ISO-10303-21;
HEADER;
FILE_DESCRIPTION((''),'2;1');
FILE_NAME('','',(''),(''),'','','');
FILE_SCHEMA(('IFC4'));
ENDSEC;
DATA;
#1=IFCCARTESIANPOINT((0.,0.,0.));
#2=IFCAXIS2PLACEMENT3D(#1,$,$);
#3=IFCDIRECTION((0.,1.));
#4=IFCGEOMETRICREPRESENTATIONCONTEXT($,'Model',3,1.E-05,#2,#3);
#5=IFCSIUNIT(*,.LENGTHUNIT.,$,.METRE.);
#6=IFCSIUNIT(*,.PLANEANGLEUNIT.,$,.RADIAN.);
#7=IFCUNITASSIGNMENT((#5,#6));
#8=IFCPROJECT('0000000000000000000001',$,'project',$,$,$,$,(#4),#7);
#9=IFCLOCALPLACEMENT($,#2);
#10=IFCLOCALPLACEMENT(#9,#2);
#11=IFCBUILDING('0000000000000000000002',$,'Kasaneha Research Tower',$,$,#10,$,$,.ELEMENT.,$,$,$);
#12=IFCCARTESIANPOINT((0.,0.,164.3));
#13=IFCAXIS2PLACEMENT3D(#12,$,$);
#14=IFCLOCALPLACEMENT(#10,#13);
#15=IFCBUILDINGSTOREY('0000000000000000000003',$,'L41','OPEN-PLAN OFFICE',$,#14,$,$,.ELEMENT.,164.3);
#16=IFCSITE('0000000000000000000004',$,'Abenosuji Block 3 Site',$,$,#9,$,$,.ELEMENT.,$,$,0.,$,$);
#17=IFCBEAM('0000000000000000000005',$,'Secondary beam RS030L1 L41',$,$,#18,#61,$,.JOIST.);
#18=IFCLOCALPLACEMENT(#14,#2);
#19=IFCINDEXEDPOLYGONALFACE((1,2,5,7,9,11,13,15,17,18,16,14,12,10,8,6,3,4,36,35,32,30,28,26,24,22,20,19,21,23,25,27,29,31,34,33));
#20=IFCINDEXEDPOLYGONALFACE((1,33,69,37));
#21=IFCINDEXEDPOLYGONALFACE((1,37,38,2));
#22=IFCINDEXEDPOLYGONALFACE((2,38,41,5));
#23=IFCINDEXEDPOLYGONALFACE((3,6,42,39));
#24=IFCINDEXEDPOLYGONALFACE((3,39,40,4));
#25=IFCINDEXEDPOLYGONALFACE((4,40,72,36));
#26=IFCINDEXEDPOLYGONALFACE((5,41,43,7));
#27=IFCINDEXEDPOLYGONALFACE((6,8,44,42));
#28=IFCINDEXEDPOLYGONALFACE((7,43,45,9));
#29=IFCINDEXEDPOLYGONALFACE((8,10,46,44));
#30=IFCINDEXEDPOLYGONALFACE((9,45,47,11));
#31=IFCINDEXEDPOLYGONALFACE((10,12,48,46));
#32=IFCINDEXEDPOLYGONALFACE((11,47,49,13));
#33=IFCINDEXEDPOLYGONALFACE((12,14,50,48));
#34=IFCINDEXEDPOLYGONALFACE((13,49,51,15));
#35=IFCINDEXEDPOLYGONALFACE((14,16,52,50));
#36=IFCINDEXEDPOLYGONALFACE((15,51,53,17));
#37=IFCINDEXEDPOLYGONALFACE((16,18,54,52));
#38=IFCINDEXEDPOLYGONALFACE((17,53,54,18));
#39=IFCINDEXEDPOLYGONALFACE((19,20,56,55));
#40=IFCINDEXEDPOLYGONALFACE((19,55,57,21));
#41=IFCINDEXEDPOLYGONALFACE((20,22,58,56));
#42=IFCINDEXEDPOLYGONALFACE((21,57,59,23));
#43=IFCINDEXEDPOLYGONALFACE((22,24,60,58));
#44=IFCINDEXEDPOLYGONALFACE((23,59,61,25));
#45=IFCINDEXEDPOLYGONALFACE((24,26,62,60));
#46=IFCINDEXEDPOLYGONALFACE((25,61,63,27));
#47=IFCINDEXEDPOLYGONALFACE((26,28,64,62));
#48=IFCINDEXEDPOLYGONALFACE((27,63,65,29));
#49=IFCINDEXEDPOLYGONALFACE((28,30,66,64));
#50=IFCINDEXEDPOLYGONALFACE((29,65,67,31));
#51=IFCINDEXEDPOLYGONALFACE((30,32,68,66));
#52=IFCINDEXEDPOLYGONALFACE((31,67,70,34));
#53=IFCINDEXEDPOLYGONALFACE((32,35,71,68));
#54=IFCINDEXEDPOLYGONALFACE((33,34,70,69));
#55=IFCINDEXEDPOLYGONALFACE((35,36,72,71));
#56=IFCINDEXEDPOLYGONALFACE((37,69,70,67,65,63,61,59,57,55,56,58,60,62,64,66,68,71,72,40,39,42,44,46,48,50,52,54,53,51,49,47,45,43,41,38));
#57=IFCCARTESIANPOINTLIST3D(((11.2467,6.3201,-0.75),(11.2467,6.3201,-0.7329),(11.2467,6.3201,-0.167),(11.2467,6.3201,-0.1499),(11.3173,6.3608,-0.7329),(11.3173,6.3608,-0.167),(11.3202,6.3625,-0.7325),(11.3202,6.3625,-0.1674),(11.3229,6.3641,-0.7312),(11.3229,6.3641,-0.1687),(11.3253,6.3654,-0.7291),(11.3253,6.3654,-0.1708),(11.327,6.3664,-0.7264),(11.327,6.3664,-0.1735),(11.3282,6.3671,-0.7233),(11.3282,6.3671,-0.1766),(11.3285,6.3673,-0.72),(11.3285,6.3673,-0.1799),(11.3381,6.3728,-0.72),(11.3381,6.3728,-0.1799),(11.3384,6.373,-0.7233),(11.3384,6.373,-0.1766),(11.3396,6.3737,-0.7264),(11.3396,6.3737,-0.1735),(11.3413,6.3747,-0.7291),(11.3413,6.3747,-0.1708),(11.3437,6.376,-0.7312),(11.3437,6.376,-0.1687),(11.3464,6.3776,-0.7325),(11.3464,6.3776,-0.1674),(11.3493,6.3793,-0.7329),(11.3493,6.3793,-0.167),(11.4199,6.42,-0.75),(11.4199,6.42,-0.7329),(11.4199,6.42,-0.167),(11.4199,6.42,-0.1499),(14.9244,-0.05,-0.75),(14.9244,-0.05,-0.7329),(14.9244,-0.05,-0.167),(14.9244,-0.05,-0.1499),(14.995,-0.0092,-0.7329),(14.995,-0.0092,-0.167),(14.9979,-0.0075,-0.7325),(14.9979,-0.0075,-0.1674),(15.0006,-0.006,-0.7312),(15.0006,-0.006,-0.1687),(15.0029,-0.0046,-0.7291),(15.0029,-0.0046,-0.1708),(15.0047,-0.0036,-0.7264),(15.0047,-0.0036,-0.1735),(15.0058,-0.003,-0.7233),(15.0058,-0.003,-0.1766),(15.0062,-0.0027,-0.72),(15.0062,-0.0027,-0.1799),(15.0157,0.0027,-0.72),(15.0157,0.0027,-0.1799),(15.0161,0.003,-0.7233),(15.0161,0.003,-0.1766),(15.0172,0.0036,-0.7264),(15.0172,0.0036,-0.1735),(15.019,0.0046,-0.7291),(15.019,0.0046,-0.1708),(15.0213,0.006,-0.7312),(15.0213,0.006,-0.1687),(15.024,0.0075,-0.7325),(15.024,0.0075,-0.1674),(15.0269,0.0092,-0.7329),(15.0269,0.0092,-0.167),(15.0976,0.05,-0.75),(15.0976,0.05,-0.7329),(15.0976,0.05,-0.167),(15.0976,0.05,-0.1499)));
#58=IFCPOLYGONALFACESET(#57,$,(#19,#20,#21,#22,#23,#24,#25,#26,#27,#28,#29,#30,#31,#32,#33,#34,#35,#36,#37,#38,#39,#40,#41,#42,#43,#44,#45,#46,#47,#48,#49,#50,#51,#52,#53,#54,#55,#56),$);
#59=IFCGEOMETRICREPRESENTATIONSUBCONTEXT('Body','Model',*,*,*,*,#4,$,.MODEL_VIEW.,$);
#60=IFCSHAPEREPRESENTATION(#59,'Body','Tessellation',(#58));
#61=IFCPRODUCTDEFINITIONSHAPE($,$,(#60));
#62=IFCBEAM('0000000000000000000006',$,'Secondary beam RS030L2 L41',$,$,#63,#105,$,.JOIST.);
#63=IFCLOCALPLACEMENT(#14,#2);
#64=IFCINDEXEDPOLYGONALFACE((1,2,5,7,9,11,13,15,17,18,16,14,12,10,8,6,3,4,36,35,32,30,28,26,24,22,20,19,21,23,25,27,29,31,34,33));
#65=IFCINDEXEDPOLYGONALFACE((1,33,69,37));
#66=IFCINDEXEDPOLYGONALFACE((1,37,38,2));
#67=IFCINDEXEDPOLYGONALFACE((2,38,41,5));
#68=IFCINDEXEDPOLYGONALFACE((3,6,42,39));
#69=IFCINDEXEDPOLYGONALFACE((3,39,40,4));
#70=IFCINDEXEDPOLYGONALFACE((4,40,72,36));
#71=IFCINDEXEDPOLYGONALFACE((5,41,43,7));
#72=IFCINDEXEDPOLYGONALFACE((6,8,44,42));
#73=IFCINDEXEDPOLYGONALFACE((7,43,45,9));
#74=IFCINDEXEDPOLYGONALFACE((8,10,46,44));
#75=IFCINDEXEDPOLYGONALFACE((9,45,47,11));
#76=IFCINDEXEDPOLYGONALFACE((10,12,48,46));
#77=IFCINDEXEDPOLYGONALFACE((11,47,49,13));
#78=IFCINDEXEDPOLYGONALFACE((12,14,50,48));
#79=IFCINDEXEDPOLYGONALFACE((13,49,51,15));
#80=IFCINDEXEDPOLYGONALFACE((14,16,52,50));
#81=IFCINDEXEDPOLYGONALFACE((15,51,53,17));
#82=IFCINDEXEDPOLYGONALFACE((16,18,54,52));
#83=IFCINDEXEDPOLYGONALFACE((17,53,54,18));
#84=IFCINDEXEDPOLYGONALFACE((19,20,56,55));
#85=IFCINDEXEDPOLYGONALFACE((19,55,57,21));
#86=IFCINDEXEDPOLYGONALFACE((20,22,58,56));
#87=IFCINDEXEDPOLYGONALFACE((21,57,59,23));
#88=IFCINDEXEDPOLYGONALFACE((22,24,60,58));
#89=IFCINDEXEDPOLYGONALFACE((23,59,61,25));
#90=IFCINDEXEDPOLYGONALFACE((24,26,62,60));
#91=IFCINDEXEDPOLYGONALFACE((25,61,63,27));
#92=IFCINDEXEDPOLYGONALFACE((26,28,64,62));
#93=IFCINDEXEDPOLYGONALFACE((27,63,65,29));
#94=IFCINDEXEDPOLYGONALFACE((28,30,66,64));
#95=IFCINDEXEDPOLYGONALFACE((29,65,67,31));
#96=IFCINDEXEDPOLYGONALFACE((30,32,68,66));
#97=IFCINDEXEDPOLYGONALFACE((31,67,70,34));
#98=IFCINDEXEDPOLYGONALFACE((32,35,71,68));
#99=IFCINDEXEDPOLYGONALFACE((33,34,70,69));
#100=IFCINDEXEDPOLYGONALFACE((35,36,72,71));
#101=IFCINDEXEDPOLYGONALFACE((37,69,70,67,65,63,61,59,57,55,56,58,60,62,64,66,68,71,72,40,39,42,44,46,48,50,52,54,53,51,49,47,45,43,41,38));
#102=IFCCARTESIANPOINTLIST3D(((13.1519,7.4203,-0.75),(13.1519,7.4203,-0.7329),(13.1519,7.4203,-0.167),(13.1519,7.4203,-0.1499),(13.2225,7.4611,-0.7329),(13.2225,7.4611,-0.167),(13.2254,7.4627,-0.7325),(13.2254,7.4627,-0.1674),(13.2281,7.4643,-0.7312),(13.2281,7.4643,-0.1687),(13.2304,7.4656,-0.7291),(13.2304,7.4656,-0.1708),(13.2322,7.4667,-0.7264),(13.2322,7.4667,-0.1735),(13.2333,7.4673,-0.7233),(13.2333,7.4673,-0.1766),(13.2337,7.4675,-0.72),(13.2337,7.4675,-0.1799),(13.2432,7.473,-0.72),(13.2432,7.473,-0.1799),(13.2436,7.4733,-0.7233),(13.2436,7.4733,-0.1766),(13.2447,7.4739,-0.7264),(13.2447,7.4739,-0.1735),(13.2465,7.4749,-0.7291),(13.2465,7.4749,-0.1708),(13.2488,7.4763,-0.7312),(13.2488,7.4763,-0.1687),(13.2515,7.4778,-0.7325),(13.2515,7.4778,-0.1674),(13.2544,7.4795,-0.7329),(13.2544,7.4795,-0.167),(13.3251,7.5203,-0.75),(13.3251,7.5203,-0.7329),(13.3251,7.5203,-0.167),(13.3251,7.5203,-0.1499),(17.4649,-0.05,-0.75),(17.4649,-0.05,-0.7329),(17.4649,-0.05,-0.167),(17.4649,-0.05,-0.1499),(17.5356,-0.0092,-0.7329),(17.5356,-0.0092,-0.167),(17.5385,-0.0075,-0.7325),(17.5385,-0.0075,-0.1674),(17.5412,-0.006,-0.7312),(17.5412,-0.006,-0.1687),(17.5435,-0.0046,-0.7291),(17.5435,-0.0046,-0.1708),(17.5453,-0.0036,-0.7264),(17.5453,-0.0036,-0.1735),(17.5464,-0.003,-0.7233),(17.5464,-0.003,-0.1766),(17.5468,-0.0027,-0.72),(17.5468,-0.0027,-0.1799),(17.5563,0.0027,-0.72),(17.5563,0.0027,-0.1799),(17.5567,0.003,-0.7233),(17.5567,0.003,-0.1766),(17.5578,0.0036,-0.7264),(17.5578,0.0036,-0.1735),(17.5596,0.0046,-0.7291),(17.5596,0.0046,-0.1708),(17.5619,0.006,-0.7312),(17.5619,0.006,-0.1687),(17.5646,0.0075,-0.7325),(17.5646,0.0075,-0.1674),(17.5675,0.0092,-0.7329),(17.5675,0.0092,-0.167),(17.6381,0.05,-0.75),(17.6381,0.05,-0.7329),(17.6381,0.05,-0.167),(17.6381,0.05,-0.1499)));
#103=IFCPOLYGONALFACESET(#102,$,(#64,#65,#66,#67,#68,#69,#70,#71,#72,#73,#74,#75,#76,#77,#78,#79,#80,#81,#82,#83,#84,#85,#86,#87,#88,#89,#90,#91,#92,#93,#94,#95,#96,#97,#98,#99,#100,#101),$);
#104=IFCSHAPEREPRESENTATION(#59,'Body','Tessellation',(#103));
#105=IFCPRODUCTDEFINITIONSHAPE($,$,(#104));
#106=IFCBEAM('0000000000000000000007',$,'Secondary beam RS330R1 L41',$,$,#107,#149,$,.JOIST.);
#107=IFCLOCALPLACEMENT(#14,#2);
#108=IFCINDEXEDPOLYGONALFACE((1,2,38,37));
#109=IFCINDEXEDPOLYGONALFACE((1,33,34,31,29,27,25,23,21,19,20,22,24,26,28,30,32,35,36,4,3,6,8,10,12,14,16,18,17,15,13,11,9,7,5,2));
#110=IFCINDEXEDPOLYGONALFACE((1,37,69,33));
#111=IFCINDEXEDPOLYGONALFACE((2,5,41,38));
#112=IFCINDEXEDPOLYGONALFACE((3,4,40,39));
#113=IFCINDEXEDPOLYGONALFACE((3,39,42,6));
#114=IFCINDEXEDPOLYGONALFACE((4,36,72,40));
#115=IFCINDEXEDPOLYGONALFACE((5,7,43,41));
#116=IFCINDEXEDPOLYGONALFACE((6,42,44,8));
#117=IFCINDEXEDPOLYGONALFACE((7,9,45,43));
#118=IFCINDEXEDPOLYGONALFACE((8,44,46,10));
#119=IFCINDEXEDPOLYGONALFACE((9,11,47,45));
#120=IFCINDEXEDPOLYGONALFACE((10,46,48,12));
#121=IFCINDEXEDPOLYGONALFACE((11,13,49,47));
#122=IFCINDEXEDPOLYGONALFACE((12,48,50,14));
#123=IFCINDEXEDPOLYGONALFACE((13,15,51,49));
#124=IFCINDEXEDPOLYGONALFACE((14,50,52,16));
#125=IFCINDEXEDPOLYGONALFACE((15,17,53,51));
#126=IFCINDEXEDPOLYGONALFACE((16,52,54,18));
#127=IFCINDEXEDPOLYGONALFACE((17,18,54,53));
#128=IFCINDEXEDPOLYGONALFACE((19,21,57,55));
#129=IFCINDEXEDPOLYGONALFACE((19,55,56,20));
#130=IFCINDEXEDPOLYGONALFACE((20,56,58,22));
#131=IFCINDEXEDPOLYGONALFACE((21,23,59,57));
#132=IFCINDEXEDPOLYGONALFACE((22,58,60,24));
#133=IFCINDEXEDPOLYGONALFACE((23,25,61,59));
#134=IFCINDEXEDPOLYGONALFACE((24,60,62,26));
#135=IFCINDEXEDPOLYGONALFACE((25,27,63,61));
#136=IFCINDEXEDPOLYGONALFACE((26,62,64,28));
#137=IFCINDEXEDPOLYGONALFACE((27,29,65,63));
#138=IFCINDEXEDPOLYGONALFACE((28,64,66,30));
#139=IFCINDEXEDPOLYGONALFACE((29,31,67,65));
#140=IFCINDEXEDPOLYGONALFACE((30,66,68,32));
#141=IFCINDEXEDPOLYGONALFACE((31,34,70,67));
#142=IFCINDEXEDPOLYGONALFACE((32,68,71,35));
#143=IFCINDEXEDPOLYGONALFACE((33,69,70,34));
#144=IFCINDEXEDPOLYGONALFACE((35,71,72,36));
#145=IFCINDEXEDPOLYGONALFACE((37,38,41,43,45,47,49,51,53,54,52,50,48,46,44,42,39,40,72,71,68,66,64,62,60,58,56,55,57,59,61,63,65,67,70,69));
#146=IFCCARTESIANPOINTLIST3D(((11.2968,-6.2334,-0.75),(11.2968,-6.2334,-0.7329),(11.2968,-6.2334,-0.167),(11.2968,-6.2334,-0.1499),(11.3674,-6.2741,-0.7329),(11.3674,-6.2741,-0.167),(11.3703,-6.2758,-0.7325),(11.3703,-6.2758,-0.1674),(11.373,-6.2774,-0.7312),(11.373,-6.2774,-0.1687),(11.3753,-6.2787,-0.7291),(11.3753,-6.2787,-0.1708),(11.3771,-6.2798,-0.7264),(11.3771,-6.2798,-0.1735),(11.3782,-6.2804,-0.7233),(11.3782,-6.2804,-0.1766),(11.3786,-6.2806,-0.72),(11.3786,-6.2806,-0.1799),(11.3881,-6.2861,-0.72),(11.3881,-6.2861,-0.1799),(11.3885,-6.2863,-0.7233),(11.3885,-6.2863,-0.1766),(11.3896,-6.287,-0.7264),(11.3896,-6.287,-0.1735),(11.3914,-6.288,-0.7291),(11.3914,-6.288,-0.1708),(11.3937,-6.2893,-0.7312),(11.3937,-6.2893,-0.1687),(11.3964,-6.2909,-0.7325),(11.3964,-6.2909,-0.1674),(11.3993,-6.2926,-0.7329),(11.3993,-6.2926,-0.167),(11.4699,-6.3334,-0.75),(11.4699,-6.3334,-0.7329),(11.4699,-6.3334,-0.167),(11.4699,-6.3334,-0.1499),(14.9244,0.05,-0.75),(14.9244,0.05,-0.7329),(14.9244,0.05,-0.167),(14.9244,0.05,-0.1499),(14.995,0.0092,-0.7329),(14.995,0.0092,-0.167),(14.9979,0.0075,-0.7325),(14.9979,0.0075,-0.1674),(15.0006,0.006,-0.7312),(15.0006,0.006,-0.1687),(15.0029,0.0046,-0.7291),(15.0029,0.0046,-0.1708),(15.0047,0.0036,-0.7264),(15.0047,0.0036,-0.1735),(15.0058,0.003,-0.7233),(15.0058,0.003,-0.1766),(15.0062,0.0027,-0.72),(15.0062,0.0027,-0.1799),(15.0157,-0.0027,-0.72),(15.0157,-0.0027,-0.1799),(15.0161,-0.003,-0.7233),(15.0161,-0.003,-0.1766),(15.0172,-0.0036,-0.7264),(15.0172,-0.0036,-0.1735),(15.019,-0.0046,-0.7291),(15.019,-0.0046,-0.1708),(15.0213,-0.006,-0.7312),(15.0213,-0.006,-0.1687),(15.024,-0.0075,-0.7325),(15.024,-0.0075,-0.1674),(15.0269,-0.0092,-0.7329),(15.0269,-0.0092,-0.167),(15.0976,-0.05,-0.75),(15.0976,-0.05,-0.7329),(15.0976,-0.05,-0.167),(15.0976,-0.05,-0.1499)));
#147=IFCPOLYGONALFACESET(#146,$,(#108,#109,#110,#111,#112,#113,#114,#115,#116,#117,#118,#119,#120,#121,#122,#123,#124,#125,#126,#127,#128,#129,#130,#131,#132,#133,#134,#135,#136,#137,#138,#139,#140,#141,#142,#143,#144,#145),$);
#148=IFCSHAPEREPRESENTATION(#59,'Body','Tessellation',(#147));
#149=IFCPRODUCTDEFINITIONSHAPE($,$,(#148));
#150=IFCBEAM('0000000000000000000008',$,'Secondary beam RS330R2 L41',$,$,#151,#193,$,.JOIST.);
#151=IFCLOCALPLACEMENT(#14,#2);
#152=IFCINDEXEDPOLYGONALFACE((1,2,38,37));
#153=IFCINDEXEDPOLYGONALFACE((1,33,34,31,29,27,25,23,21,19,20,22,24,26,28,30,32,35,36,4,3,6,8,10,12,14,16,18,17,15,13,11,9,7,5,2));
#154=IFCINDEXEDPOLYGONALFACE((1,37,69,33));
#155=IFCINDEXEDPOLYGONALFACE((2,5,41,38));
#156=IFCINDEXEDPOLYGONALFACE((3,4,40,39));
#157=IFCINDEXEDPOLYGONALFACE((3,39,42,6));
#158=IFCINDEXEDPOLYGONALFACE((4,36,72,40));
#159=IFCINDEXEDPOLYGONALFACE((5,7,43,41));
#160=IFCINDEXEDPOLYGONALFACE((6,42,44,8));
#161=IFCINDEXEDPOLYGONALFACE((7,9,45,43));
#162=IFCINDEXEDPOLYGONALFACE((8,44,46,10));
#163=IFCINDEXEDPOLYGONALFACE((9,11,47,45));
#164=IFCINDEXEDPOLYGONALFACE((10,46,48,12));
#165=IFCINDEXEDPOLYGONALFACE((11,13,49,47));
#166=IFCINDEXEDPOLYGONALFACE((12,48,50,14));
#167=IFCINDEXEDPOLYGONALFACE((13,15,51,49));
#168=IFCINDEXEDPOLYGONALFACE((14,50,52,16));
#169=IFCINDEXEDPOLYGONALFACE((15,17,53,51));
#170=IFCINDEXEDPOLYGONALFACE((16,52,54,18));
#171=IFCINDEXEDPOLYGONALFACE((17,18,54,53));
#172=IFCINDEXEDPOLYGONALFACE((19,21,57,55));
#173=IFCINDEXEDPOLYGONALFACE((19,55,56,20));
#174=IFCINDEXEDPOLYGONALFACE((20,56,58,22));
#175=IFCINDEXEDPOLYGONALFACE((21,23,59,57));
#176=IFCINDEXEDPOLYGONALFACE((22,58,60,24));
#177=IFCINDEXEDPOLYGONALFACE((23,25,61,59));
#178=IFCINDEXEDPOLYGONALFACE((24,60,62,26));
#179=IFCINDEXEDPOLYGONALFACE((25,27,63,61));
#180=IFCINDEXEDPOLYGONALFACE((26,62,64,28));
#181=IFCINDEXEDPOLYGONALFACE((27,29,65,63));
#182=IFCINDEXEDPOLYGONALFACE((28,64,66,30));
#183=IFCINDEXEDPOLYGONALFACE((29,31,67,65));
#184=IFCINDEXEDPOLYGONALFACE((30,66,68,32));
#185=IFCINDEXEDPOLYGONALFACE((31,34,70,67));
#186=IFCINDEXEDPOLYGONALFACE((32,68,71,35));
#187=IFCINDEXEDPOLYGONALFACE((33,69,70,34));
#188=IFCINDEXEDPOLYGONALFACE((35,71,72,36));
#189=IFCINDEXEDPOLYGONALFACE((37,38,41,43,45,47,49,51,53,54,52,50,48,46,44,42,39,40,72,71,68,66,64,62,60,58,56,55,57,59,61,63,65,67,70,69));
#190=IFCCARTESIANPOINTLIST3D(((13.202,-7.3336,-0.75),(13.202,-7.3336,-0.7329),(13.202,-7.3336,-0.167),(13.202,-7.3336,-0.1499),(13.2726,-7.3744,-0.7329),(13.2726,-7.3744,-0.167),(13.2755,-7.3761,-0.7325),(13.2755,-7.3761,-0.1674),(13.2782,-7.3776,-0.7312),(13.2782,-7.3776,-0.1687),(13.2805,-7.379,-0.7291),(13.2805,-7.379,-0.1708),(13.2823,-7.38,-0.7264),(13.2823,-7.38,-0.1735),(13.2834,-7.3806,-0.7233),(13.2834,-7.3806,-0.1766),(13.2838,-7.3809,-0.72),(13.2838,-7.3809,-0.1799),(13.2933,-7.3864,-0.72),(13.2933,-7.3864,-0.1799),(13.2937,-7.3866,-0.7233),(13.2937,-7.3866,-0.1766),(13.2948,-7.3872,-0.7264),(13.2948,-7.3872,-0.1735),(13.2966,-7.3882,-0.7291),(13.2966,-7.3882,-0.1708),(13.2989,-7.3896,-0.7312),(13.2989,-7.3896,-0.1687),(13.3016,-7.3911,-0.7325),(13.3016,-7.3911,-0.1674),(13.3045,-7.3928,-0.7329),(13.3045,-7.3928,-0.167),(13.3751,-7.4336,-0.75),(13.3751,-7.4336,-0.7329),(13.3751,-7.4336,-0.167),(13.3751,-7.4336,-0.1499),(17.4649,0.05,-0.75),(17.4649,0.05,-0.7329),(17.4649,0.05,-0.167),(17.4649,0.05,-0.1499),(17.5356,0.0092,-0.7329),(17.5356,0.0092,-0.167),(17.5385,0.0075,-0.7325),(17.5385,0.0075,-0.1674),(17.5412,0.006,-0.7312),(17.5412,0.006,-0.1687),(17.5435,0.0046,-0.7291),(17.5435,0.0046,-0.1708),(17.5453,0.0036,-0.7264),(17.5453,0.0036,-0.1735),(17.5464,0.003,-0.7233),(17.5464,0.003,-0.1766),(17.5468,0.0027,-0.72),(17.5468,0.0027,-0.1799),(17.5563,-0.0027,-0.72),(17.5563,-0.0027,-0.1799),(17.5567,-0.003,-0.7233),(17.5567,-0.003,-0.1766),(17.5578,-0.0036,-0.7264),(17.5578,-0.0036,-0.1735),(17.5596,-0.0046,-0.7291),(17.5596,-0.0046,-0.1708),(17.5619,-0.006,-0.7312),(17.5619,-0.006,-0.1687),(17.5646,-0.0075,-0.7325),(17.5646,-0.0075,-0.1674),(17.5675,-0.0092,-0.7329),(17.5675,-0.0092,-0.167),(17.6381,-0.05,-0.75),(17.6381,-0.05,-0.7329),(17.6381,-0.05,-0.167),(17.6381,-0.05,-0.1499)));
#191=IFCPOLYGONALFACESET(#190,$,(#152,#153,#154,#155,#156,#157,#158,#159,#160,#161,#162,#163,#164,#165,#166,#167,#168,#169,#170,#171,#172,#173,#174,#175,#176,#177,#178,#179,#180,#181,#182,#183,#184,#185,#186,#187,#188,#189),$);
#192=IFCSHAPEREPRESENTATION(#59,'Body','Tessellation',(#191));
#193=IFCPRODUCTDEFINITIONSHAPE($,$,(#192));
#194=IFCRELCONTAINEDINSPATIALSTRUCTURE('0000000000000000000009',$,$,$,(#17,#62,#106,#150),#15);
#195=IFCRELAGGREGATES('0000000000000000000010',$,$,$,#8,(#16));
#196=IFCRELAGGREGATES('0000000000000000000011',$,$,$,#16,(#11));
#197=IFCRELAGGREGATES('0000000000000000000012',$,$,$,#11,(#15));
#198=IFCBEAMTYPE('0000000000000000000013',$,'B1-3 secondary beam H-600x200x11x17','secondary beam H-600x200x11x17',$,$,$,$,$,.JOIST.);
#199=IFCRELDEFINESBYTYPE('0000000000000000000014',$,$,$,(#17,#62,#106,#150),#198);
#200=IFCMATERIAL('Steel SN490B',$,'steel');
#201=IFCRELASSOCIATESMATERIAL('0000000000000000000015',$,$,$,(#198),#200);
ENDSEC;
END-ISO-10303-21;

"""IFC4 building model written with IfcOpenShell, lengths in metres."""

from ifc_helpers import new_model, si_unit, direction, frame, origin, origin_2d, place, context, subcontext, project, spatial, i_section, extrude, material, material_profile, profile_set, type_object, element, save


model = new_model("IFC4")

# Units and contexts
model_context = context("Model", 3, precision=1e-05, world=origin(), true_north=direction((0.0, 1.0)))
body_context = subcontext(model_context, "Body", "Model", "MODEL_VIEW")
ifc_project = project(units=[si_unit("LENGTHUNIT", "METRE"), si_unit("PLANEANGLEUNIT", "RADIAN")], contexts=[model_context])

# Site, building, storey
site_placement = place(None, origin())
site = spatial("IfcSite", under=ifc_project, at=site_placement, Name="Abenosuji Block 3 Site", CompositionType="ELEMENT", RefElevation=0.0)
building_placement = place(site_placement, origin())
building = spatial("IfcBuilding", under=site, at=building_placement, Name="Kasaneha Research Tower", CompositionType="ELEMENT")
storey_placement = place(building_placement, frame((0.0, 0.0, 164.3)))
storey = spatial("IfcBuildingStorey", under=building, at=storey_placement, Name="L41", Description="OPEN-PLAN OFFICE", CompositionType="ELEMENT", Elevation=164.3)

# Beams
ifc_material_1 = material(Name="Steel SN490B", Category="steel")
ifc_material_profile_1 = material_profile(ifc_material_1, i_section(OverallWidth=0.2, OverallDepth=0.6001, WebThickness=0.011, FlangeThickness=0.0171, FilletRadius=0.0129, at=origin_2d()), Name="H-600x200x11x17")
ifc_profile_set_1 = profile_set([ifc_material_profile_1], Name="Steel SN490B")
beam_type_1 = type_object("IfcBeamType", Name="B1-3 secondary beam H-600x200x11x17", Description="secondary beam H-600x200x11x17", PredefinedType="JOIST", material=ifc_profile_set_1)
beam_1_placement = place(storey_placement, frame((15.011, 0.0, -0.45), z_axis=(-0.499994, 0.866029, 0.0), x_axis=(-0.866029, -0.499994, 0.0)))
element("IfcBeam", 1, at=beam_1_placement, inside=storey, type_object=beam_type_1, Name="Secondary beam RS030L1 L41", PredefinedType="JOIST", context=body_context, shape_type="SweptSolid", body=[
    extrude(i_section(OverallWidth=0.2, OverallDepth=0.6001, WebThickness=0.011, FlangeThickness=0.0171, FilletRadius=0.0129, at=origin_2d()), origin(), (0.0, 0.0, 1.0), 7.3555),
])
beam_2_placement = place(storey_placement, frame((17.5515, 0.0, -0.45), z_axis=(-0.500005, 0.866023, 0.0), x_axis=(-0.866023, -0.500005, 0.0)))
element("IfcBeam", 2, at=beam_2_placement, inside=storey, type_object=beam_type_1, Name="Secondary beam RS030L2 L41", PredefinedType="JOIST", context=body_context, shape_type="SweptSolid", body=[
    extrude(i_section(OverallWidth=0.2, OverallDepth=0.6001, WebThickness=0.011, FlangeThickness=0.0171, FilletRadius=0.0129, at=origin_2d()), origin(), (0.0, 0.0, 1.0), 8.626),
])
beam_3_placement = place(storey_placement, frame((15.011, 0.0, -0.45), z_axis=(-0.499993, -0.866029, 0.0), x_axis=(0.866029, -0.499993, 0.0)))
element("IfcBeam", 3, at=beam_3_placement, inside=storey, type_object=beam_type_1, Name="Secondary beam RS330R1 L41", PredefinedType="JOIST", context=body_context, shape_type="SweptSolid", body=[
    extrude(i_section(OverallWidth=0.2, OverallDepth=0.6001, WebThickness=0.011, FlangeThickness=0.0171, FilletRadius=0.0129, at=origin_2d()), origin(), (0.0, 0.0, 1.0), 7.2554),
])
beam_4_placement = place(storey_placement, frame((17.5515, 0.0, -0.45), z_axis=(-0.500004, -0.866023, 0.0), x_axis=(0.866023, -0.500004, 0.0)))
element("IfcBeam", 4, at=beam_4_placement, inside=storey, type_object=beam_type_1, Name="Secondary beam RS330R2 L41", PredefinedType="JOIST", context=body_context, shape_type="SweptSolid", body=[
    extrude(i_section(OverallWidth=0.2, OverallDepth=0.6001, WebThickness=0.011, FlangeThickness=0.0171, FilletRadius=0.0129, at=origin_2d()), origin(), (0.0, 0.0, 1.0), 8.5259),
])

save(model, "model.ifc")
